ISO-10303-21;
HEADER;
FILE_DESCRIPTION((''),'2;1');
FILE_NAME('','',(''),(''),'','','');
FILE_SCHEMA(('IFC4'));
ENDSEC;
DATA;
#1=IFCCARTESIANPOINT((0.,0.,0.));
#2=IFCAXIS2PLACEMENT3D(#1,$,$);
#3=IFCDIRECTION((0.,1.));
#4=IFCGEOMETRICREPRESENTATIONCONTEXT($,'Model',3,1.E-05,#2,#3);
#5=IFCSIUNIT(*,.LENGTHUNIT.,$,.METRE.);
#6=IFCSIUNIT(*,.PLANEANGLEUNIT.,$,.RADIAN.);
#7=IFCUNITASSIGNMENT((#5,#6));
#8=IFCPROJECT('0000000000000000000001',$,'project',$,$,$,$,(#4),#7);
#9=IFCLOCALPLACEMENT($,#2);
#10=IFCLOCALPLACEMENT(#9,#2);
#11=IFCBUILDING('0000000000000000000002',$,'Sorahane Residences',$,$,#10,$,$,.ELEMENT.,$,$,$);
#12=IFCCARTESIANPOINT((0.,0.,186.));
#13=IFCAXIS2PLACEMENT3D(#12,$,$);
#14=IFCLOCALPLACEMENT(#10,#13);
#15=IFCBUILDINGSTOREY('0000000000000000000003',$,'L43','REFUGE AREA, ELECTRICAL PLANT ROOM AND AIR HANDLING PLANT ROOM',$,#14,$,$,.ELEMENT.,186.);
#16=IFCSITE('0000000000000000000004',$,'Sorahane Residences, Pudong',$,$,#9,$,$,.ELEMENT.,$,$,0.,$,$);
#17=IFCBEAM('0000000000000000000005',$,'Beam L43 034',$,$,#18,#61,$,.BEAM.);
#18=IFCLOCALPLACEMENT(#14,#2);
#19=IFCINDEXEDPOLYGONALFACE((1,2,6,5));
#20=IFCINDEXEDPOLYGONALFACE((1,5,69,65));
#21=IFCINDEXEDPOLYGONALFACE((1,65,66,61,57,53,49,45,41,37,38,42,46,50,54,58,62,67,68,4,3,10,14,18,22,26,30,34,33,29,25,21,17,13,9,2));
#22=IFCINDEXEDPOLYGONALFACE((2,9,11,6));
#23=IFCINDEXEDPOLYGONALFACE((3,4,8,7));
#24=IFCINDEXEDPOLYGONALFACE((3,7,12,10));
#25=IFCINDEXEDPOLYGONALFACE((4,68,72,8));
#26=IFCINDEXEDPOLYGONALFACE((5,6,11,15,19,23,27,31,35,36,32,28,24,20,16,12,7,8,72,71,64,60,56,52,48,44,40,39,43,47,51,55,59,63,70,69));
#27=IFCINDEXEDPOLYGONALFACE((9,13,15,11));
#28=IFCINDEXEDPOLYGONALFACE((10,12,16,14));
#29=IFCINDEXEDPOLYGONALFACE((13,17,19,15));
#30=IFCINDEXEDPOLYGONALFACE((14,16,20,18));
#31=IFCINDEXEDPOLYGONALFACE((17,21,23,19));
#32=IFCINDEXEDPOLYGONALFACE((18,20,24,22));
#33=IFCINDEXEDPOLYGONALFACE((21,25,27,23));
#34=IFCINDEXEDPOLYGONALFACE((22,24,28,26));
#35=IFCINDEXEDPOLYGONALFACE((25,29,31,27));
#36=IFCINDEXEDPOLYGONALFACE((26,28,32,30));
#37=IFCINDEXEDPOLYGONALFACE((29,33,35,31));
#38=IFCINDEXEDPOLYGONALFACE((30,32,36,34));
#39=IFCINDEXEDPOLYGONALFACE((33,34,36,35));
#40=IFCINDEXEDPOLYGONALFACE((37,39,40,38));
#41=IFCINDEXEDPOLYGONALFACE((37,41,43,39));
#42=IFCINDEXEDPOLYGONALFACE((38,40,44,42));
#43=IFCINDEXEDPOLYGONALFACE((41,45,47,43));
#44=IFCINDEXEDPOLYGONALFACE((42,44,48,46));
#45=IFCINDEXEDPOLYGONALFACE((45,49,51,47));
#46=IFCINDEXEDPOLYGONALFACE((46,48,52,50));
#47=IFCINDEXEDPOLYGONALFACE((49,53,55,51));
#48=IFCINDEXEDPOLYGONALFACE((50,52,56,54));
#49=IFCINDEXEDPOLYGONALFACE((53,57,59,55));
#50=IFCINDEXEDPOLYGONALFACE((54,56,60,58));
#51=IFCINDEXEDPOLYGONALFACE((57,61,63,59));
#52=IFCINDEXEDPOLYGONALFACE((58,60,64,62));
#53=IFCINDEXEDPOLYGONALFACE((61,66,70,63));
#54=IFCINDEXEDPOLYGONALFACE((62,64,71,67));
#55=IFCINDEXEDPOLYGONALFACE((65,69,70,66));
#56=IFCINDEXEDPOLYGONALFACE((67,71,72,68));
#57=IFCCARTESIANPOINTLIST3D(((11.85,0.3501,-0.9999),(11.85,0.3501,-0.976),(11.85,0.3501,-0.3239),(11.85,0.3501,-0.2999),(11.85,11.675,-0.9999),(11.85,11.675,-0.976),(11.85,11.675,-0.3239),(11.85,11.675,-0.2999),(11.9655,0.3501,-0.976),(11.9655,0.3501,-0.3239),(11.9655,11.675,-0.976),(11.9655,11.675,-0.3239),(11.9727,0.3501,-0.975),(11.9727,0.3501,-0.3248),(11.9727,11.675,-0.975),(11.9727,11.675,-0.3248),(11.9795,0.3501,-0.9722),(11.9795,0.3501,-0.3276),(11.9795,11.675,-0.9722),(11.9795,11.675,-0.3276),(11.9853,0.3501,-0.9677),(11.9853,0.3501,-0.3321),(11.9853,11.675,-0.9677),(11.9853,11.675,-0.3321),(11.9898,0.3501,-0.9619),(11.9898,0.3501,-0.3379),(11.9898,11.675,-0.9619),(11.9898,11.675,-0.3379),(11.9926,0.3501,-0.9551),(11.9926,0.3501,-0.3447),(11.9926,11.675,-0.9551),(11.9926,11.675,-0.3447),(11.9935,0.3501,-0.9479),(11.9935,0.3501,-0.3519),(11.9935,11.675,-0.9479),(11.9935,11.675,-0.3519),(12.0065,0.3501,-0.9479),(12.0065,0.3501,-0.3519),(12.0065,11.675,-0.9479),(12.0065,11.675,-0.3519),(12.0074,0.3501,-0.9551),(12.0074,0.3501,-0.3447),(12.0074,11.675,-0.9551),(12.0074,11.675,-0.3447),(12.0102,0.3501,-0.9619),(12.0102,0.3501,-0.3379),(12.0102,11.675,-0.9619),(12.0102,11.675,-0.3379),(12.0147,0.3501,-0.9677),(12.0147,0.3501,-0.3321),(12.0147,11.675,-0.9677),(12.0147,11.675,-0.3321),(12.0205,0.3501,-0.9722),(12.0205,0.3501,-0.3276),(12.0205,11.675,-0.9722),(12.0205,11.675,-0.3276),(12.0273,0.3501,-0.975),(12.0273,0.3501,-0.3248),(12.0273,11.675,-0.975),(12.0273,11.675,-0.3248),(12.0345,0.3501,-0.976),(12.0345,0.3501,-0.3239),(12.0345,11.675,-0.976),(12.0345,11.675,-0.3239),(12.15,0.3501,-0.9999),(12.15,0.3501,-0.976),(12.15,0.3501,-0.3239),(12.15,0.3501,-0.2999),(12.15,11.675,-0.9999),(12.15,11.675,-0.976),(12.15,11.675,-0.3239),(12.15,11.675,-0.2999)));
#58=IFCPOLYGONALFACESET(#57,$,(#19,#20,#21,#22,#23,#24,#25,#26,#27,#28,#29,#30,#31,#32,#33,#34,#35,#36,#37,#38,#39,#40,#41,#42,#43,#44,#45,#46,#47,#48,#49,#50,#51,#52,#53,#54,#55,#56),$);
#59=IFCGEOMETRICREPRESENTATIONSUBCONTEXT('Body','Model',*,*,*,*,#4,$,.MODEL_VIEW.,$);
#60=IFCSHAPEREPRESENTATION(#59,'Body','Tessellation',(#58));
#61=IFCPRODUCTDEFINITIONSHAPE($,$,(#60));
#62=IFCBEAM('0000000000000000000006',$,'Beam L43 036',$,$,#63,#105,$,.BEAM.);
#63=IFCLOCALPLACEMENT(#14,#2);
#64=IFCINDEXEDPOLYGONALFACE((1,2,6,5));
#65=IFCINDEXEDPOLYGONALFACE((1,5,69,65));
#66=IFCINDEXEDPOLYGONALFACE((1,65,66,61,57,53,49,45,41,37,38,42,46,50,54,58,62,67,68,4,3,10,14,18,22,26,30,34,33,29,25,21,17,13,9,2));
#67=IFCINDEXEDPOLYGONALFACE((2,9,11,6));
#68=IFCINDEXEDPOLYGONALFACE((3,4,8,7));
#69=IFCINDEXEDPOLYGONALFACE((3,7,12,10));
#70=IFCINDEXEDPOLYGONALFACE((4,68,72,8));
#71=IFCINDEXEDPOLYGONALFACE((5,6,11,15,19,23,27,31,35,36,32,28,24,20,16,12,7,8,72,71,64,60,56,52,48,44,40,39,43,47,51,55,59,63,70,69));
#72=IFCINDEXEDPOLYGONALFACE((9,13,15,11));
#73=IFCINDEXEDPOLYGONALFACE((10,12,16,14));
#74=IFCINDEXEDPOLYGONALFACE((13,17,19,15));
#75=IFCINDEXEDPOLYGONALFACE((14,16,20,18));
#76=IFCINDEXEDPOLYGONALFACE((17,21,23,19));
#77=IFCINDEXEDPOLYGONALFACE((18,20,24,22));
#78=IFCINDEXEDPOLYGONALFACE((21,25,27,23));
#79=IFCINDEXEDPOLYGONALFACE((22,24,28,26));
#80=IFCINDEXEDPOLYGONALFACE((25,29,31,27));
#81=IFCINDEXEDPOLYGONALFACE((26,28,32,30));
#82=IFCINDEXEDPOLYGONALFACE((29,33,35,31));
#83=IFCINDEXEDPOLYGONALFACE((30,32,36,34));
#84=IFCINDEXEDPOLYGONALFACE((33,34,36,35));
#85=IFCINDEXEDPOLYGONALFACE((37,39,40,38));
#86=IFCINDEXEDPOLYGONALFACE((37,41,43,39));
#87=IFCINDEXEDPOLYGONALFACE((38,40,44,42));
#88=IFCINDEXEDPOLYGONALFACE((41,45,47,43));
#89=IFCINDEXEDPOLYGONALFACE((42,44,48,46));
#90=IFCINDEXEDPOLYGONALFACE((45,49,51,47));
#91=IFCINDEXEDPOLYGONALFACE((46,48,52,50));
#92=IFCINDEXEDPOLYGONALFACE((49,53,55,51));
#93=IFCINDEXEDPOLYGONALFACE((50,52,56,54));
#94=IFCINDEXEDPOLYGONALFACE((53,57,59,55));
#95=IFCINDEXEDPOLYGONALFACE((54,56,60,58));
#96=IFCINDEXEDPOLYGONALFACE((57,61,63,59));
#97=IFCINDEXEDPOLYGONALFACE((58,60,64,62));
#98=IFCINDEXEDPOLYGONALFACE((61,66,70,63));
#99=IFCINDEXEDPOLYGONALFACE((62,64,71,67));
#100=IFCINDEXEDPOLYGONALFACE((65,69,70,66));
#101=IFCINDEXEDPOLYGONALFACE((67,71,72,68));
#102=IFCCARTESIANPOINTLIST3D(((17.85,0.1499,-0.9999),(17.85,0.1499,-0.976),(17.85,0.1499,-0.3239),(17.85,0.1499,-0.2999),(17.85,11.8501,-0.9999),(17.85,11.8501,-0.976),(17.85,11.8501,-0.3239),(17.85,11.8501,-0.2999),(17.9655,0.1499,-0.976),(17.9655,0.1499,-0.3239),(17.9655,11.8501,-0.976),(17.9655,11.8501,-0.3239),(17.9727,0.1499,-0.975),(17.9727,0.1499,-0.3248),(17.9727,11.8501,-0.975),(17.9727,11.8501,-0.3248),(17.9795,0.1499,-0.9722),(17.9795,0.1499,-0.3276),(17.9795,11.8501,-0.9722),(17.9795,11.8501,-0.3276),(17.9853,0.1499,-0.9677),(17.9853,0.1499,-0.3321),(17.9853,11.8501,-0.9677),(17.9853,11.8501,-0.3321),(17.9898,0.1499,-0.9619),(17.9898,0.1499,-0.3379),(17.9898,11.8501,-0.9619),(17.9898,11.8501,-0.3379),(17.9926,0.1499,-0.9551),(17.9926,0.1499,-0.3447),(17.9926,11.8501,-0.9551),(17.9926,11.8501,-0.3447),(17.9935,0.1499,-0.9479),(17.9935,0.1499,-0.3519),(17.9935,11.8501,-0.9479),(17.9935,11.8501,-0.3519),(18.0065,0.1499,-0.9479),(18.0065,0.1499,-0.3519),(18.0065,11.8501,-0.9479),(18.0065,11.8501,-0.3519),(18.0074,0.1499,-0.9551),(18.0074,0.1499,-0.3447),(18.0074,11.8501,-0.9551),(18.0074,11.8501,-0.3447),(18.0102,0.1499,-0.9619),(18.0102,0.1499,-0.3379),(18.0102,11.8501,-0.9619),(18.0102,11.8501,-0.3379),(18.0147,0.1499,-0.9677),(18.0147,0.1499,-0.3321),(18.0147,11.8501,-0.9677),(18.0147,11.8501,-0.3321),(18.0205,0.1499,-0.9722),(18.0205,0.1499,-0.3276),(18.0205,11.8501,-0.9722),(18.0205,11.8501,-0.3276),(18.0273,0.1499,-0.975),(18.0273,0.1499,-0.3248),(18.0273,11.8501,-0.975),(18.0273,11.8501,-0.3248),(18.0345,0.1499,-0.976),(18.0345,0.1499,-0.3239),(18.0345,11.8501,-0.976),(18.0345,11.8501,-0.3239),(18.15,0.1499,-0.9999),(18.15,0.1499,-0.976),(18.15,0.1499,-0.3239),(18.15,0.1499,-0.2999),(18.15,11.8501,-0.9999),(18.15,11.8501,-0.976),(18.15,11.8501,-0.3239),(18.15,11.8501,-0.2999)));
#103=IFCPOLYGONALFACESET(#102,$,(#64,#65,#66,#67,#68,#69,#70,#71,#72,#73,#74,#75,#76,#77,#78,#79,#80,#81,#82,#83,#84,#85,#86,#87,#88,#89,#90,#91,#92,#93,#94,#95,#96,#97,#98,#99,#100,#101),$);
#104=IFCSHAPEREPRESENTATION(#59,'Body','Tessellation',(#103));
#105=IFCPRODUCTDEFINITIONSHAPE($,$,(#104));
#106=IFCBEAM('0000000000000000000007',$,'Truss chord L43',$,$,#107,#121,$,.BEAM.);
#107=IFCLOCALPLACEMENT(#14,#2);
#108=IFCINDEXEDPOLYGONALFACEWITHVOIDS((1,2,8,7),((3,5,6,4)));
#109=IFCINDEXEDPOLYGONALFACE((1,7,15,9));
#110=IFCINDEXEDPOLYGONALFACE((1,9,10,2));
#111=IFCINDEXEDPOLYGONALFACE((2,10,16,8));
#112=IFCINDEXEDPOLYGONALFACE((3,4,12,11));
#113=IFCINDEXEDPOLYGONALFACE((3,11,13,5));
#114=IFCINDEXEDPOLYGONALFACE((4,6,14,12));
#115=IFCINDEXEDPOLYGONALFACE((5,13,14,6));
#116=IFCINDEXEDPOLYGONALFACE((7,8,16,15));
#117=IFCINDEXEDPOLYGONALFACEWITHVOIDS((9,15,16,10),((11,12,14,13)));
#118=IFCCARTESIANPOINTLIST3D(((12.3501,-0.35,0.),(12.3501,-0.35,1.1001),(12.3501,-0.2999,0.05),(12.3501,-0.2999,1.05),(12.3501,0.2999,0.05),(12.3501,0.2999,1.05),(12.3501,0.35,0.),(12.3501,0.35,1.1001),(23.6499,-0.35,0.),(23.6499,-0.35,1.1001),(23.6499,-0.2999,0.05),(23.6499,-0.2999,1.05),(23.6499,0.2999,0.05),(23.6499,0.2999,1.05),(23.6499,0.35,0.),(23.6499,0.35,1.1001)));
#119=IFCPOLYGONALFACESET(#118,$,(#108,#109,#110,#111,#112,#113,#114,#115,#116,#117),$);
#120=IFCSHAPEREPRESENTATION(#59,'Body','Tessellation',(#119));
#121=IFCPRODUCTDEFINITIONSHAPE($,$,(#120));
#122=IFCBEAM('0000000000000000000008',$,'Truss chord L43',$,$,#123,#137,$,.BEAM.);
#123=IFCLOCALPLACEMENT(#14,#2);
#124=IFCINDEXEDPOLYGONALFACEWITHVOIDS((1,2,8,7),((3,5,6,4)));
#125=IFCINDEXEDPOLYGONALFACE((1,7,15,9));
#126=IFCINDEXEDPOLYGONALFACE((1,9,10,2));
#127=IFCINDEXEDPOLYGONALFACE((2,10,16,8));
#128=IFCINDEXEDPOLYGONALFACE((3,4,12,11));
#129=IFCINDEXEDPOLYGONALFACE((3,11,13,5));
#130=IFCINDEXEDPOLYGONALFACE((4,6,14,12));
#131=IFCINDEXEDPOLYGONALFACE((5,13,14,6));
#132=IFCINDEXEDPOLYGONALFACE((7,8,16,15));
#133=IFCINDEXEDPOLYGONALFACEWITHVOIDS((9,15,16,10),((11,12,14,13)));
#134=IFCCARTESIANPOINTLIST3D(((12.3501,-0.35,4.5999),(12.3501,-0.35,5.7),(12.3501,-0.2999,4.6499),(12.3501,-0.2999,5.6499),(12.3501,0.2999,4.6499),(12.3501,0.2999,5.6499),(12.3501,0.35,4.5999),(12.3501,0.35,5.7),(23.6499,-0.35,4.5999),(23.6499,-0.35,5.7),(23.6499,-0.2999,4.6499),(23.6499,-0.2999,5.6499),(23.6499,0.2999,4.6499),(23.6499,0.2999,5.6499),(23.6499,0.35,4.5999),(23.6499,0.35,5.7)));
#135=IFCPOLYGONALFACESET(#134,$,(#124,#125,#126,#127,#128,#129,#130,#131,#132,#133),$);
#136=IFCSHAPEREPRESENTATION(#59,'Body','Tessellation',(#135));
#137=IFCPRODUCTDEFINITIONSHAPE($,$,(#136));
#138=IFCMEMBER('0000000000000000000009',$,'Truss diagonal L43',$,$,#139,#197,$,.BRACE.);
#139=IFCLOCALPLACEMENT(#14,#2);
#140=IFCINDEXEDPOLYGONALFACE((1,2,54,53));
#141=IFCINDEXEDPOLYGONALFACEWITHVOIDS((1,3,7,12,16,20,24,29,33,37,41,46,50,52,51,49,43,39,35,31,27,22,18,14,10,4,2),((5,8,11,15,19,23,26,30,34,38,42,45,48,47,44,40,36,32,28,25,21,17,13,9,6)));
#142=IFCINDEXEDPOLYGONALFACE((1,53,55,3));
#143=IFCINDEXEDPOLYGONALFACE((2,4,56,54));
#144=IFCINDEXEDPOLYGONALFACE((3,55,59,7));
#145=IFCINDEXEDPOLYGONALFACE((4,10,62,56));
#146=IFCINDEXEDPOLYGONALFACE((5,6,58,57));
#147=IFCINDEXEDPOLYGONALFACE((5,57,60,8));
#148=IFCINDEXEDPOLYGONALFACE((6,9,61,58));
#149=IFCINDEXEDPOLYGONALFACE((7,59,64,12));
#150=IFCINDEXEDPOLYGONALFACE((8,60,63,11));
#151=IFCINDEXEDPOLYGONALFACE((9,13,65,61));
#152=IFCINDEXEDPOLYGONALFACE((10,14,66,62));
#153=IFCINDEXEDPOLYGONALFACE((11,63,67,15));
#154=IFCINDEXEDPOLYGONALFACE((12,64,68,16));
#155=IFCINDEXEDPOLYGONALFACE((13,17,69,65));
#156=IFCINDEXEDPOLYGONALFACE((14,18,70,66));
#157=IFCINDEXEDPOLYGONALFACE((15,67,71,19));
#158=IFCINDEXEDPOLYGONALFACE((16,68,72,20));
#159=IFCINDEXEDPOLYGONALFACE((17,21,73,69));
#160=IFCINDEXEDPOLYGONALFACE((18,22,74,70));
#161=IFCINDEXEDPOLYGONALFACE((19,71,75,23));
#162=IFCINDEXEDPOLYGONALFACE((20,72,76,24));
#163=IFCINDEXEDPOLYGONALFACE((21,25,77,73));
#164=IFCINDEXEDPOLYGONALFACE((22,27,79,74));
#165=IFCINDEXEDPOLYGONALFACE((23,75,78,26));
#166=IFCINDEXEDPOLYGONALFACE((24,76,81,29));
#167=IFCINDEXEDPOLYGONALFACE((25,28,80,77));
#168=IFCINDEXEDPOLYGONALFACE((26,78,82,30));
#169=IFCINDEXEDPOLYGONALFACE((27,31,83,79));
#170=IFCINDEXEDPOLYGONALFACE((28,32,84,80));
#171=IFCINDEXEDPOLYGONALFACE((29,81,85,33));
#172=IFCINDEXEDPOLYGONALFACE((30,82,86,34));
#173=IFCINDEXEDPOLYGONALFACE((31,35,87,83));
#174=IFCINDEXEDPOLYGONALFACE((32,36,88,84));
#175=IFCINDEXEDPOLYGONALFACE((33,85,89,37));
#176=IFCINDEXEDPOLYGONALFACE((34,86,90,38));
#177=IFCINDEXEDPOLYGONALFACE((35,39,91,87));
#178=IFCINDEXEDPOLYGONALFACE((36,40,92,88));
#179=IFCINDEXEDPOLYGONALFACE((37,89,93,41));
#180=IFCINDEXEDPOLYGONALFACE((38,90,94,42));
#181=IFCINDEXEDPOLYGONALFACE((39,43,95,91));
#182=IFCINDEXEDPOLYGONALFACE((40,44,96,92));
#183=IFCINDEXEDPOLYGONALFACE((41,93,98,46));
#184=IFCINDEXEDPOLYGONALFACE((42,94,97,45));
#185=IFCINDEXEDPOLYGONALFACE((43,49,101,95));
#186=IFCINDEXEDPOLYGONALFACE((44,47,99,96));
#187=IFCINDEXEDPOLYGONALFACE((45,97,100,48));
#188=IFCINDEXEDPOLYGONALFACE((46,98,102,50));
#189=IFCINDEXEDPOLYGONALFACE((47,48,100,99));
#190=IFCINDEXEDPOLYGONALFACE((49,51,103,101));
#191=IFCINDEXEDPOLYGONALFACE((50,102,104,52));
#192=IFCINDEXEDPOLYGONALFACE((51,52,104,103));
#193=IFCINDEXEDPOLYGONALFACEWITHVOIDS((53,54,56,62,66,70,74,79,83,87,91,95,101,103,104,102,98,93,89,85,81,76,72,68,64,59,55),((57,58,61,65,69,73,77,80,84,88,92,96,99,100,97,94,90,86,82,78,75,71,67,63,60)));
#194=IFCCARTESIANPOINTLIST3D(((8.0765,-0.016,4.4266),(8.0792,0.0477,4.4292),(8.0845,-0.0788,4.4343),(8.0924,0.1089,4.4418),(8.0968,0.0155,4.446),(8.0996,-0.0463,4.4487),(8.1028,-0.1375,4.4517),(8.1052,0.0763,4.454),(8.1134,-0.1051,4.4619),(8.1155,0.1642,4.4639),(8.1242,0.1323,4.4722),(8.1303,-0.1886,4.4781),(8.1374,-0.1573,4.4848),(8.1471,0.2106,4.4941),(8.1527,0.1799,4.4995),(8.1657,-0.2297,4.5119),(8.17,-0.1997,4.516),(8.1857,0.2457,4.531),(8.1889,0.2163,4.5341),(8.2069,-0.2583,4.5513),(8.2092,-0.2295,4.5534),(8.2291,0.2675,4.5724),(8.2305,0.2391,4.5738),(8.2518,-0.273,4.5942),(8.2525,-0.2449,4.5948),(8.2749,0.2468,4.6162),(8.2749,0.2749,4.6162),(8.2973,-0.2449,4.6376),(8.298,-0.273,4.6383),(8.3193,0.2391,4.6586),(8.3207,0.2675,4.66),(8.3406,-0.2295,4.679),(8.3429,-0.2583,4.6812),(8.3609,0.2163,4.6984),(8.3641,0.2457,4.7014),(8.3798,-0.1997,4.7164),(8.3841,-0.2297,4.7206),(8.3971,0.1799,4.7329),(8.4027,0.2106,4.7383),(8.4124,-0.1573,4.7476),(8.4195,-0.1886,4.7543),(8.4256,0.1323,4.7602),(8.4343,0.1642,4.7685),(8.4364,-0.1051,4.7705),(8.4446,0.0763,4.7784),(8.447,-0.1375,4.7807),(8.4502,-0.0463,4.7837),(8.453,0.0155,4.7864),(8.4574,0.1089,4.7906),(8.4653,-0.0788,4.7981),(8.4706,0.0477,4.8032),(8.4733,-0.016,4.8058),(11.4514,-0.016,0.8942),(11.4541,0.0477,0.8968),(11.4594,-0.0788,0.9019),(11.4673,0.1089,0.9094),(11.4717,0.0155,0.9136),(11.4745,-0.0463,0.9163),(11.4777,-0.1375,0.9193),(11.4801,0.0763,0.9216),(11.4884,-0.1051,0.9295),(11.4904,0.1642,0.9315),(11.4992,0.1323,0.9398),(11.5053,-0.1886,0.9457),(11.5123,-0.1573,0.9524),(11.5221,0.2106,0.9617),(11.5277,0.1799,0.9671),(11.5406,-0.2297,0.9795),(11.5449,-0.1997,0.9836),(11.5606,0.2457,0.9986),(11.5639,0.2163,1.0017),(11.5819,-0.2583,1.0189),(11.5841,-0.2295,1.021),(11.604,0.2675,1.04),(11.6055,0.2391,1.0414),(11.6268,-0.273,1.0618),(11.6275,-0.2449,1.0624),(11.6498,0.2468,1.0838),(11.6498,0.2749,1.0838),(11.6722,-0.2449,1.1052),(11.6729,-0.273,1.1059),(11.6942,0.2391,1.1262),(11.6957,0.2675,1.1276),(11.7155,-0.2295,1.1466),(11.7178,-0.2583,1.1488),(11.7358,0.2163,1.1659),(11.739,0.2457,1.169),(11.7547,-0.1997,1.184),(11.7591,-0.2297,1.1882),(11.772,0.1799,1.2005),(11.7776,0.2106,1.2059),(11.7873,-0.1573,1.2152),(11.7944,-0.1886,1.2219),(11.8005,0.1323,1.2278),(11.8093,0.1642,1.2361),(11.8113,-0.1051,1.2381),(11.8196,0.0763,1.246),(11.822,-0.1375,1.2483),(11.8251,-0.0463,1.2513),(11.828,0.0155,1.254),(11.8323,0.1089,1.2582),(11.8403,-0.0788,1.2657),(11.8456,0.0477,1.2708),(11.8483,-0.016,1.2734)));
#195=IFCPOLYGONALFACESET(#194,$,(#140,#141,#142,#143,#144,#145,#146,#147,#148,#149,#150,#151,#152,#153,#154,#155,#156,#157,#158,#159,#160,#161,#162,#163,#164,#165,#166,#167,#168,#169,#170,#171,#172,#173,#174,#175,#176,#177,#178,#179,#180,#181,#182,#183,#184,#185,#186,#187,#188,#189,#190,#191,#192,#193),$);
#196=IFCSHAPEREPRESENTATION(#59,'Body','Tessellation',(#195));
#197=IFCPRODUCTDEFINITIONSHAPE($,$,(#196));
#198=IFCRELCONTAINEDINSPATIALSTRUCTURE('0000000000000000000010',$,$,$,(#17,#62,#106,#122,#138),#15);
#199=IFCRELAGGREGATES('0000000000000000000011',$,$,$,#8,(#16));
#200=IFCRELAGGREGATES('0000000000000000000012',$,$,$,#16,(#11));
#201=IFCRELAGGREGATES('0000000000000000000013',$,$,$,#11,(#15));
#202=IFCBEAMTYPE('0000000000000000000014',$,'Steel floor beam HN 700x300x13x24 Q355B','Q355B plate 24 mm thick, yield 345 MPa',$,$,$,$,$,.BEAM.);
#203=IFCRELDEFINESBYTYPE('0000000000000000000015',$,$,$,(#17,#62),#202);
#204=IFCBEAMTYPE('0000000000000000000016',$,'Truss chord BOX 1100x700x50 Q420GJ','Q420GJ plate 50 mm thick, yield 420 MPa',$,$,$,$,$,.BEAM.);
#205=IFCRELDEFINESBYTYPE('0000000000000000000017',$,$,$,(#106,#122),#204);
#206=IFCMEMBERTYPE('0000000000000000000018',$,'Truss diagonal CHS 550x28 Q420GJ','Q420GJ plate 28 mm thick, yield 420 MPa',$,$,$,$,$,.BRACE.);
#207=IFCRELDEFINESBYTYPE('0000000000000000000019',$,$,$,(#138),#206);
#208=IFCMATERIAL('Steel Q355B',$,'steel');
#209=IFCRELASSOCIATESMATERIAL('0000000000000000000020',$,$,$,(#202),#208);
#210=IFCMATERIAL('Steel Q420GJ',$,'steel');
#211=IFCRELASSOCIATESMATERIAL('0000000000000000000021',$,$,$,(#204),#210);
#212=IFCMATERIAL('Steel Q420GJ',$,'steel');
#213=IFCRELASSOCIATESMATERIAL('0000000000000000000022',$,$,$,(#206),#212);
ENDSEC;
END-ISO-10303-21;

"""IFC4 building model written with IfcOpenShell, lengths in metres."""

from ifc_helpers import new_model, si_unit, direction, frame, origin, origin_2d, place, context, subcontext, project, spatial, hollow_rectangle, hollow_circle, i_section, extrude, material, material_profile, profile_set, type_object, element, save


model = new_model("IFC4")

# Units and contexts
model_context = context("Model", 3, precision=1e-05, world=origin(), true_north=direction((0.0, 1.0)))
body_context = subcontext(model_context, "Body", "Model", "MODEL_VIEW")
ifc_project = project(units=[si_unit("LENGTHUNIT", "METRE"), si_unit("PLANEANGLEUNIT", "RADIAN")], contexts=[model_context])

# Site, building, storey
site_placement = place(None, origin())
site = spatial("IfcSite", under=ifc_project, at=site_placement, Name="Sorahane Residences, Pudong", CompositionType="ELEMENT", RefElevation=0.0)
building_placement = place(site_placement, origin())
building = spatial("IfcBuilding", under=site, at=building_placement, Name="Sorahane Residences", CompositionType="ELEMENT")
storey_placement = place(building_placement, frame((0.0, 0.0, 186.0)))
storey = spatial("IfcBuildingStorey", under=building, at=storey_placement, Name="L43", Description="REFUGE AREA, ELECTRICAL PLANT ROOM AND AIR HANDLING PLANT ROOM", CompositionType="ELEMENT", Elevation=186.0)

# Beams
ifc_material_1 = material(Name="Steel Q355B", Category="steel")
ifc_material_profile_1 = material_profile(ifc_material_1, i_section(OverallWidth=0.3, OverallDepth=0.7, WebThickness=0.0129, FlangeThickness=0.0239, FilletRadius=0.0281, at=origin_2d()), Name="HN 700x300x13x24")
ifc_profile_set_1 = profile_set([ifc_material_profile_1], Name="Steel Q355B")
beam_type_1 = type_object("IfcBeamType", Name="Steel floor beam HN 700x300x13x24 Q355B", Description="Q355B plate 24 mm thick, yield 345 MPa", PredefinedType="BEAM", material=ifc_profile_set_1)
beam_1_placement = place(storey_placement, frame((12.0, 0.3501, -0.6499), z_axis=(0.0, 1.0, 0.0), x_axis=(-1.0, 0.0, 0.0)))
element("IfcBeam", 1, at=beam_1_placement, inside=storey, type_object=beam_type_1, Name="Beam L43 034", PredefinedType="BEAM", context=body_context, shape_type="SweptSolid", body=[
    extrude(i_section(OverallWidth=0.3, OverallDepth=0.7, WebThickness=0.0129, FlangeThickness=0.0239, FilletRadius=0.0281, at=origin_2d()), origin(), (0.0, 0.0, 1.0), 11.325),
])
beam_2_placement = place(storey_placement, frame((18.0, 0.1499, -0.6499), z_axis=(0.0, 1.0, 0.0), x_axis=(-1.0, 0.0, 0.0)))
element("IfcBeam", 2, at=beam_2_placement, inside=storey, type_object=beam_type_1, Name="Beam L43 036", PredefinedType="BEAM", context=body_context, shape_type="SweptSolid", body=[
    extrude(i_section(OverallWidth=0.3, OverallDepth=0.7, WebThickness=0.0129, FlangeThickness=0.0239, FilletRadius=0.0281, at=origin_2d()), origin(), (0.0, 0.0, 1.0), 11.7002),
])
ifc_material_2 = material(Name="Steel Q420GJ", Category="steel")
ifc_material_profile_2 = material_profile(ifc_material_2, hollow_rectangle(XDim=0.7, YDim=1.1001, WallThickness=0.05, at=origin_2d()), Name="BOX 1100x700x50")
ifc_profile_set_2 = profile_set([ifc_material_profile_2], Name="Steel Q420GJ")
beam_type_2 = type_object("IfcBeamType", Name="Truss chord BOX 1100x700x50 Q420GJ", Description="Q420GJ plate 50 mm thick, yield 420 MPa", PredefinedType="BEAM", material=ifc_profile_set_2)
for number, where, z_axis, x_axis, name in (
    (3, (12.3501, 0.0, 0.55), (1.0, 0.0, 0.0), (0.0, 1.0, 0.0), "Truss chord L43"),
    (4, (12.3501, 0.0, 5.1499), (1.0, 0.0, 0.0), (0.0, 1.0, 0.0), "Truss chord L43"),
):
    element("IfcBeam", number, at=place(storey_placement, frame(where, z_axis=z_axis, x_axis=x_axis)), inside=storey, type_object=beam_type_2, Name=name, PredefinedType="BEAM", context=body_context, shape_type="SweptSolid", body=[
        extrude(hollow_rectangle(XDim=0.7, YDim=1.1001, WallThickness=0.05, at=origin_2d()), origin(), (0.0, 0.0, 1.0), 11.2998),
    ])

# Member
ifc_material_3 = material(Name="Steel Q420GJ", Category="steel")
ifc_material_profile_3 = material_profile(ifc_material_3, hollow_circle(Radius=0.2749, WallThickness=0.0281, at=origin_2d()), Name="CHS 550x28")
ifc_profile_set_3 = profile_set([ifc_material_profile_3], Name="Steel Q420GJ")
member_type = type_object("IfcMemberType", Name="Truss diagonal CHS 550x28 Q420GJ", Description="Q420GJ plate 28 mm thick, yield 420 MPa", PredefinedType="BRACE", material=ifc_profile_set_3)
for number, where, z_axis, x_axis, name in (
    (5, (8.2749, 0.0, 4.6162), (0.690807, 0.0, -0.723039), (0.0, 1.0, 0.0), "Truss diagonal L43"),
):
    element("IfcMember", number, at=place(storey_placement, frame(where, z_axis=z_axis, x_axis=x_axis)), inside=storey, type_object=member_type, Name=name, PredefinedType="BRACE", context=body_context, shape_type="SweptSolid", body=[
        extrude(hollow_circle(Radius=0.2749, WallThickness=0.0281, at=origin_2d()), origin(), (0.0, 0.0, 1.0), 4.8855),
    ])

save(model, "model.ifc")
